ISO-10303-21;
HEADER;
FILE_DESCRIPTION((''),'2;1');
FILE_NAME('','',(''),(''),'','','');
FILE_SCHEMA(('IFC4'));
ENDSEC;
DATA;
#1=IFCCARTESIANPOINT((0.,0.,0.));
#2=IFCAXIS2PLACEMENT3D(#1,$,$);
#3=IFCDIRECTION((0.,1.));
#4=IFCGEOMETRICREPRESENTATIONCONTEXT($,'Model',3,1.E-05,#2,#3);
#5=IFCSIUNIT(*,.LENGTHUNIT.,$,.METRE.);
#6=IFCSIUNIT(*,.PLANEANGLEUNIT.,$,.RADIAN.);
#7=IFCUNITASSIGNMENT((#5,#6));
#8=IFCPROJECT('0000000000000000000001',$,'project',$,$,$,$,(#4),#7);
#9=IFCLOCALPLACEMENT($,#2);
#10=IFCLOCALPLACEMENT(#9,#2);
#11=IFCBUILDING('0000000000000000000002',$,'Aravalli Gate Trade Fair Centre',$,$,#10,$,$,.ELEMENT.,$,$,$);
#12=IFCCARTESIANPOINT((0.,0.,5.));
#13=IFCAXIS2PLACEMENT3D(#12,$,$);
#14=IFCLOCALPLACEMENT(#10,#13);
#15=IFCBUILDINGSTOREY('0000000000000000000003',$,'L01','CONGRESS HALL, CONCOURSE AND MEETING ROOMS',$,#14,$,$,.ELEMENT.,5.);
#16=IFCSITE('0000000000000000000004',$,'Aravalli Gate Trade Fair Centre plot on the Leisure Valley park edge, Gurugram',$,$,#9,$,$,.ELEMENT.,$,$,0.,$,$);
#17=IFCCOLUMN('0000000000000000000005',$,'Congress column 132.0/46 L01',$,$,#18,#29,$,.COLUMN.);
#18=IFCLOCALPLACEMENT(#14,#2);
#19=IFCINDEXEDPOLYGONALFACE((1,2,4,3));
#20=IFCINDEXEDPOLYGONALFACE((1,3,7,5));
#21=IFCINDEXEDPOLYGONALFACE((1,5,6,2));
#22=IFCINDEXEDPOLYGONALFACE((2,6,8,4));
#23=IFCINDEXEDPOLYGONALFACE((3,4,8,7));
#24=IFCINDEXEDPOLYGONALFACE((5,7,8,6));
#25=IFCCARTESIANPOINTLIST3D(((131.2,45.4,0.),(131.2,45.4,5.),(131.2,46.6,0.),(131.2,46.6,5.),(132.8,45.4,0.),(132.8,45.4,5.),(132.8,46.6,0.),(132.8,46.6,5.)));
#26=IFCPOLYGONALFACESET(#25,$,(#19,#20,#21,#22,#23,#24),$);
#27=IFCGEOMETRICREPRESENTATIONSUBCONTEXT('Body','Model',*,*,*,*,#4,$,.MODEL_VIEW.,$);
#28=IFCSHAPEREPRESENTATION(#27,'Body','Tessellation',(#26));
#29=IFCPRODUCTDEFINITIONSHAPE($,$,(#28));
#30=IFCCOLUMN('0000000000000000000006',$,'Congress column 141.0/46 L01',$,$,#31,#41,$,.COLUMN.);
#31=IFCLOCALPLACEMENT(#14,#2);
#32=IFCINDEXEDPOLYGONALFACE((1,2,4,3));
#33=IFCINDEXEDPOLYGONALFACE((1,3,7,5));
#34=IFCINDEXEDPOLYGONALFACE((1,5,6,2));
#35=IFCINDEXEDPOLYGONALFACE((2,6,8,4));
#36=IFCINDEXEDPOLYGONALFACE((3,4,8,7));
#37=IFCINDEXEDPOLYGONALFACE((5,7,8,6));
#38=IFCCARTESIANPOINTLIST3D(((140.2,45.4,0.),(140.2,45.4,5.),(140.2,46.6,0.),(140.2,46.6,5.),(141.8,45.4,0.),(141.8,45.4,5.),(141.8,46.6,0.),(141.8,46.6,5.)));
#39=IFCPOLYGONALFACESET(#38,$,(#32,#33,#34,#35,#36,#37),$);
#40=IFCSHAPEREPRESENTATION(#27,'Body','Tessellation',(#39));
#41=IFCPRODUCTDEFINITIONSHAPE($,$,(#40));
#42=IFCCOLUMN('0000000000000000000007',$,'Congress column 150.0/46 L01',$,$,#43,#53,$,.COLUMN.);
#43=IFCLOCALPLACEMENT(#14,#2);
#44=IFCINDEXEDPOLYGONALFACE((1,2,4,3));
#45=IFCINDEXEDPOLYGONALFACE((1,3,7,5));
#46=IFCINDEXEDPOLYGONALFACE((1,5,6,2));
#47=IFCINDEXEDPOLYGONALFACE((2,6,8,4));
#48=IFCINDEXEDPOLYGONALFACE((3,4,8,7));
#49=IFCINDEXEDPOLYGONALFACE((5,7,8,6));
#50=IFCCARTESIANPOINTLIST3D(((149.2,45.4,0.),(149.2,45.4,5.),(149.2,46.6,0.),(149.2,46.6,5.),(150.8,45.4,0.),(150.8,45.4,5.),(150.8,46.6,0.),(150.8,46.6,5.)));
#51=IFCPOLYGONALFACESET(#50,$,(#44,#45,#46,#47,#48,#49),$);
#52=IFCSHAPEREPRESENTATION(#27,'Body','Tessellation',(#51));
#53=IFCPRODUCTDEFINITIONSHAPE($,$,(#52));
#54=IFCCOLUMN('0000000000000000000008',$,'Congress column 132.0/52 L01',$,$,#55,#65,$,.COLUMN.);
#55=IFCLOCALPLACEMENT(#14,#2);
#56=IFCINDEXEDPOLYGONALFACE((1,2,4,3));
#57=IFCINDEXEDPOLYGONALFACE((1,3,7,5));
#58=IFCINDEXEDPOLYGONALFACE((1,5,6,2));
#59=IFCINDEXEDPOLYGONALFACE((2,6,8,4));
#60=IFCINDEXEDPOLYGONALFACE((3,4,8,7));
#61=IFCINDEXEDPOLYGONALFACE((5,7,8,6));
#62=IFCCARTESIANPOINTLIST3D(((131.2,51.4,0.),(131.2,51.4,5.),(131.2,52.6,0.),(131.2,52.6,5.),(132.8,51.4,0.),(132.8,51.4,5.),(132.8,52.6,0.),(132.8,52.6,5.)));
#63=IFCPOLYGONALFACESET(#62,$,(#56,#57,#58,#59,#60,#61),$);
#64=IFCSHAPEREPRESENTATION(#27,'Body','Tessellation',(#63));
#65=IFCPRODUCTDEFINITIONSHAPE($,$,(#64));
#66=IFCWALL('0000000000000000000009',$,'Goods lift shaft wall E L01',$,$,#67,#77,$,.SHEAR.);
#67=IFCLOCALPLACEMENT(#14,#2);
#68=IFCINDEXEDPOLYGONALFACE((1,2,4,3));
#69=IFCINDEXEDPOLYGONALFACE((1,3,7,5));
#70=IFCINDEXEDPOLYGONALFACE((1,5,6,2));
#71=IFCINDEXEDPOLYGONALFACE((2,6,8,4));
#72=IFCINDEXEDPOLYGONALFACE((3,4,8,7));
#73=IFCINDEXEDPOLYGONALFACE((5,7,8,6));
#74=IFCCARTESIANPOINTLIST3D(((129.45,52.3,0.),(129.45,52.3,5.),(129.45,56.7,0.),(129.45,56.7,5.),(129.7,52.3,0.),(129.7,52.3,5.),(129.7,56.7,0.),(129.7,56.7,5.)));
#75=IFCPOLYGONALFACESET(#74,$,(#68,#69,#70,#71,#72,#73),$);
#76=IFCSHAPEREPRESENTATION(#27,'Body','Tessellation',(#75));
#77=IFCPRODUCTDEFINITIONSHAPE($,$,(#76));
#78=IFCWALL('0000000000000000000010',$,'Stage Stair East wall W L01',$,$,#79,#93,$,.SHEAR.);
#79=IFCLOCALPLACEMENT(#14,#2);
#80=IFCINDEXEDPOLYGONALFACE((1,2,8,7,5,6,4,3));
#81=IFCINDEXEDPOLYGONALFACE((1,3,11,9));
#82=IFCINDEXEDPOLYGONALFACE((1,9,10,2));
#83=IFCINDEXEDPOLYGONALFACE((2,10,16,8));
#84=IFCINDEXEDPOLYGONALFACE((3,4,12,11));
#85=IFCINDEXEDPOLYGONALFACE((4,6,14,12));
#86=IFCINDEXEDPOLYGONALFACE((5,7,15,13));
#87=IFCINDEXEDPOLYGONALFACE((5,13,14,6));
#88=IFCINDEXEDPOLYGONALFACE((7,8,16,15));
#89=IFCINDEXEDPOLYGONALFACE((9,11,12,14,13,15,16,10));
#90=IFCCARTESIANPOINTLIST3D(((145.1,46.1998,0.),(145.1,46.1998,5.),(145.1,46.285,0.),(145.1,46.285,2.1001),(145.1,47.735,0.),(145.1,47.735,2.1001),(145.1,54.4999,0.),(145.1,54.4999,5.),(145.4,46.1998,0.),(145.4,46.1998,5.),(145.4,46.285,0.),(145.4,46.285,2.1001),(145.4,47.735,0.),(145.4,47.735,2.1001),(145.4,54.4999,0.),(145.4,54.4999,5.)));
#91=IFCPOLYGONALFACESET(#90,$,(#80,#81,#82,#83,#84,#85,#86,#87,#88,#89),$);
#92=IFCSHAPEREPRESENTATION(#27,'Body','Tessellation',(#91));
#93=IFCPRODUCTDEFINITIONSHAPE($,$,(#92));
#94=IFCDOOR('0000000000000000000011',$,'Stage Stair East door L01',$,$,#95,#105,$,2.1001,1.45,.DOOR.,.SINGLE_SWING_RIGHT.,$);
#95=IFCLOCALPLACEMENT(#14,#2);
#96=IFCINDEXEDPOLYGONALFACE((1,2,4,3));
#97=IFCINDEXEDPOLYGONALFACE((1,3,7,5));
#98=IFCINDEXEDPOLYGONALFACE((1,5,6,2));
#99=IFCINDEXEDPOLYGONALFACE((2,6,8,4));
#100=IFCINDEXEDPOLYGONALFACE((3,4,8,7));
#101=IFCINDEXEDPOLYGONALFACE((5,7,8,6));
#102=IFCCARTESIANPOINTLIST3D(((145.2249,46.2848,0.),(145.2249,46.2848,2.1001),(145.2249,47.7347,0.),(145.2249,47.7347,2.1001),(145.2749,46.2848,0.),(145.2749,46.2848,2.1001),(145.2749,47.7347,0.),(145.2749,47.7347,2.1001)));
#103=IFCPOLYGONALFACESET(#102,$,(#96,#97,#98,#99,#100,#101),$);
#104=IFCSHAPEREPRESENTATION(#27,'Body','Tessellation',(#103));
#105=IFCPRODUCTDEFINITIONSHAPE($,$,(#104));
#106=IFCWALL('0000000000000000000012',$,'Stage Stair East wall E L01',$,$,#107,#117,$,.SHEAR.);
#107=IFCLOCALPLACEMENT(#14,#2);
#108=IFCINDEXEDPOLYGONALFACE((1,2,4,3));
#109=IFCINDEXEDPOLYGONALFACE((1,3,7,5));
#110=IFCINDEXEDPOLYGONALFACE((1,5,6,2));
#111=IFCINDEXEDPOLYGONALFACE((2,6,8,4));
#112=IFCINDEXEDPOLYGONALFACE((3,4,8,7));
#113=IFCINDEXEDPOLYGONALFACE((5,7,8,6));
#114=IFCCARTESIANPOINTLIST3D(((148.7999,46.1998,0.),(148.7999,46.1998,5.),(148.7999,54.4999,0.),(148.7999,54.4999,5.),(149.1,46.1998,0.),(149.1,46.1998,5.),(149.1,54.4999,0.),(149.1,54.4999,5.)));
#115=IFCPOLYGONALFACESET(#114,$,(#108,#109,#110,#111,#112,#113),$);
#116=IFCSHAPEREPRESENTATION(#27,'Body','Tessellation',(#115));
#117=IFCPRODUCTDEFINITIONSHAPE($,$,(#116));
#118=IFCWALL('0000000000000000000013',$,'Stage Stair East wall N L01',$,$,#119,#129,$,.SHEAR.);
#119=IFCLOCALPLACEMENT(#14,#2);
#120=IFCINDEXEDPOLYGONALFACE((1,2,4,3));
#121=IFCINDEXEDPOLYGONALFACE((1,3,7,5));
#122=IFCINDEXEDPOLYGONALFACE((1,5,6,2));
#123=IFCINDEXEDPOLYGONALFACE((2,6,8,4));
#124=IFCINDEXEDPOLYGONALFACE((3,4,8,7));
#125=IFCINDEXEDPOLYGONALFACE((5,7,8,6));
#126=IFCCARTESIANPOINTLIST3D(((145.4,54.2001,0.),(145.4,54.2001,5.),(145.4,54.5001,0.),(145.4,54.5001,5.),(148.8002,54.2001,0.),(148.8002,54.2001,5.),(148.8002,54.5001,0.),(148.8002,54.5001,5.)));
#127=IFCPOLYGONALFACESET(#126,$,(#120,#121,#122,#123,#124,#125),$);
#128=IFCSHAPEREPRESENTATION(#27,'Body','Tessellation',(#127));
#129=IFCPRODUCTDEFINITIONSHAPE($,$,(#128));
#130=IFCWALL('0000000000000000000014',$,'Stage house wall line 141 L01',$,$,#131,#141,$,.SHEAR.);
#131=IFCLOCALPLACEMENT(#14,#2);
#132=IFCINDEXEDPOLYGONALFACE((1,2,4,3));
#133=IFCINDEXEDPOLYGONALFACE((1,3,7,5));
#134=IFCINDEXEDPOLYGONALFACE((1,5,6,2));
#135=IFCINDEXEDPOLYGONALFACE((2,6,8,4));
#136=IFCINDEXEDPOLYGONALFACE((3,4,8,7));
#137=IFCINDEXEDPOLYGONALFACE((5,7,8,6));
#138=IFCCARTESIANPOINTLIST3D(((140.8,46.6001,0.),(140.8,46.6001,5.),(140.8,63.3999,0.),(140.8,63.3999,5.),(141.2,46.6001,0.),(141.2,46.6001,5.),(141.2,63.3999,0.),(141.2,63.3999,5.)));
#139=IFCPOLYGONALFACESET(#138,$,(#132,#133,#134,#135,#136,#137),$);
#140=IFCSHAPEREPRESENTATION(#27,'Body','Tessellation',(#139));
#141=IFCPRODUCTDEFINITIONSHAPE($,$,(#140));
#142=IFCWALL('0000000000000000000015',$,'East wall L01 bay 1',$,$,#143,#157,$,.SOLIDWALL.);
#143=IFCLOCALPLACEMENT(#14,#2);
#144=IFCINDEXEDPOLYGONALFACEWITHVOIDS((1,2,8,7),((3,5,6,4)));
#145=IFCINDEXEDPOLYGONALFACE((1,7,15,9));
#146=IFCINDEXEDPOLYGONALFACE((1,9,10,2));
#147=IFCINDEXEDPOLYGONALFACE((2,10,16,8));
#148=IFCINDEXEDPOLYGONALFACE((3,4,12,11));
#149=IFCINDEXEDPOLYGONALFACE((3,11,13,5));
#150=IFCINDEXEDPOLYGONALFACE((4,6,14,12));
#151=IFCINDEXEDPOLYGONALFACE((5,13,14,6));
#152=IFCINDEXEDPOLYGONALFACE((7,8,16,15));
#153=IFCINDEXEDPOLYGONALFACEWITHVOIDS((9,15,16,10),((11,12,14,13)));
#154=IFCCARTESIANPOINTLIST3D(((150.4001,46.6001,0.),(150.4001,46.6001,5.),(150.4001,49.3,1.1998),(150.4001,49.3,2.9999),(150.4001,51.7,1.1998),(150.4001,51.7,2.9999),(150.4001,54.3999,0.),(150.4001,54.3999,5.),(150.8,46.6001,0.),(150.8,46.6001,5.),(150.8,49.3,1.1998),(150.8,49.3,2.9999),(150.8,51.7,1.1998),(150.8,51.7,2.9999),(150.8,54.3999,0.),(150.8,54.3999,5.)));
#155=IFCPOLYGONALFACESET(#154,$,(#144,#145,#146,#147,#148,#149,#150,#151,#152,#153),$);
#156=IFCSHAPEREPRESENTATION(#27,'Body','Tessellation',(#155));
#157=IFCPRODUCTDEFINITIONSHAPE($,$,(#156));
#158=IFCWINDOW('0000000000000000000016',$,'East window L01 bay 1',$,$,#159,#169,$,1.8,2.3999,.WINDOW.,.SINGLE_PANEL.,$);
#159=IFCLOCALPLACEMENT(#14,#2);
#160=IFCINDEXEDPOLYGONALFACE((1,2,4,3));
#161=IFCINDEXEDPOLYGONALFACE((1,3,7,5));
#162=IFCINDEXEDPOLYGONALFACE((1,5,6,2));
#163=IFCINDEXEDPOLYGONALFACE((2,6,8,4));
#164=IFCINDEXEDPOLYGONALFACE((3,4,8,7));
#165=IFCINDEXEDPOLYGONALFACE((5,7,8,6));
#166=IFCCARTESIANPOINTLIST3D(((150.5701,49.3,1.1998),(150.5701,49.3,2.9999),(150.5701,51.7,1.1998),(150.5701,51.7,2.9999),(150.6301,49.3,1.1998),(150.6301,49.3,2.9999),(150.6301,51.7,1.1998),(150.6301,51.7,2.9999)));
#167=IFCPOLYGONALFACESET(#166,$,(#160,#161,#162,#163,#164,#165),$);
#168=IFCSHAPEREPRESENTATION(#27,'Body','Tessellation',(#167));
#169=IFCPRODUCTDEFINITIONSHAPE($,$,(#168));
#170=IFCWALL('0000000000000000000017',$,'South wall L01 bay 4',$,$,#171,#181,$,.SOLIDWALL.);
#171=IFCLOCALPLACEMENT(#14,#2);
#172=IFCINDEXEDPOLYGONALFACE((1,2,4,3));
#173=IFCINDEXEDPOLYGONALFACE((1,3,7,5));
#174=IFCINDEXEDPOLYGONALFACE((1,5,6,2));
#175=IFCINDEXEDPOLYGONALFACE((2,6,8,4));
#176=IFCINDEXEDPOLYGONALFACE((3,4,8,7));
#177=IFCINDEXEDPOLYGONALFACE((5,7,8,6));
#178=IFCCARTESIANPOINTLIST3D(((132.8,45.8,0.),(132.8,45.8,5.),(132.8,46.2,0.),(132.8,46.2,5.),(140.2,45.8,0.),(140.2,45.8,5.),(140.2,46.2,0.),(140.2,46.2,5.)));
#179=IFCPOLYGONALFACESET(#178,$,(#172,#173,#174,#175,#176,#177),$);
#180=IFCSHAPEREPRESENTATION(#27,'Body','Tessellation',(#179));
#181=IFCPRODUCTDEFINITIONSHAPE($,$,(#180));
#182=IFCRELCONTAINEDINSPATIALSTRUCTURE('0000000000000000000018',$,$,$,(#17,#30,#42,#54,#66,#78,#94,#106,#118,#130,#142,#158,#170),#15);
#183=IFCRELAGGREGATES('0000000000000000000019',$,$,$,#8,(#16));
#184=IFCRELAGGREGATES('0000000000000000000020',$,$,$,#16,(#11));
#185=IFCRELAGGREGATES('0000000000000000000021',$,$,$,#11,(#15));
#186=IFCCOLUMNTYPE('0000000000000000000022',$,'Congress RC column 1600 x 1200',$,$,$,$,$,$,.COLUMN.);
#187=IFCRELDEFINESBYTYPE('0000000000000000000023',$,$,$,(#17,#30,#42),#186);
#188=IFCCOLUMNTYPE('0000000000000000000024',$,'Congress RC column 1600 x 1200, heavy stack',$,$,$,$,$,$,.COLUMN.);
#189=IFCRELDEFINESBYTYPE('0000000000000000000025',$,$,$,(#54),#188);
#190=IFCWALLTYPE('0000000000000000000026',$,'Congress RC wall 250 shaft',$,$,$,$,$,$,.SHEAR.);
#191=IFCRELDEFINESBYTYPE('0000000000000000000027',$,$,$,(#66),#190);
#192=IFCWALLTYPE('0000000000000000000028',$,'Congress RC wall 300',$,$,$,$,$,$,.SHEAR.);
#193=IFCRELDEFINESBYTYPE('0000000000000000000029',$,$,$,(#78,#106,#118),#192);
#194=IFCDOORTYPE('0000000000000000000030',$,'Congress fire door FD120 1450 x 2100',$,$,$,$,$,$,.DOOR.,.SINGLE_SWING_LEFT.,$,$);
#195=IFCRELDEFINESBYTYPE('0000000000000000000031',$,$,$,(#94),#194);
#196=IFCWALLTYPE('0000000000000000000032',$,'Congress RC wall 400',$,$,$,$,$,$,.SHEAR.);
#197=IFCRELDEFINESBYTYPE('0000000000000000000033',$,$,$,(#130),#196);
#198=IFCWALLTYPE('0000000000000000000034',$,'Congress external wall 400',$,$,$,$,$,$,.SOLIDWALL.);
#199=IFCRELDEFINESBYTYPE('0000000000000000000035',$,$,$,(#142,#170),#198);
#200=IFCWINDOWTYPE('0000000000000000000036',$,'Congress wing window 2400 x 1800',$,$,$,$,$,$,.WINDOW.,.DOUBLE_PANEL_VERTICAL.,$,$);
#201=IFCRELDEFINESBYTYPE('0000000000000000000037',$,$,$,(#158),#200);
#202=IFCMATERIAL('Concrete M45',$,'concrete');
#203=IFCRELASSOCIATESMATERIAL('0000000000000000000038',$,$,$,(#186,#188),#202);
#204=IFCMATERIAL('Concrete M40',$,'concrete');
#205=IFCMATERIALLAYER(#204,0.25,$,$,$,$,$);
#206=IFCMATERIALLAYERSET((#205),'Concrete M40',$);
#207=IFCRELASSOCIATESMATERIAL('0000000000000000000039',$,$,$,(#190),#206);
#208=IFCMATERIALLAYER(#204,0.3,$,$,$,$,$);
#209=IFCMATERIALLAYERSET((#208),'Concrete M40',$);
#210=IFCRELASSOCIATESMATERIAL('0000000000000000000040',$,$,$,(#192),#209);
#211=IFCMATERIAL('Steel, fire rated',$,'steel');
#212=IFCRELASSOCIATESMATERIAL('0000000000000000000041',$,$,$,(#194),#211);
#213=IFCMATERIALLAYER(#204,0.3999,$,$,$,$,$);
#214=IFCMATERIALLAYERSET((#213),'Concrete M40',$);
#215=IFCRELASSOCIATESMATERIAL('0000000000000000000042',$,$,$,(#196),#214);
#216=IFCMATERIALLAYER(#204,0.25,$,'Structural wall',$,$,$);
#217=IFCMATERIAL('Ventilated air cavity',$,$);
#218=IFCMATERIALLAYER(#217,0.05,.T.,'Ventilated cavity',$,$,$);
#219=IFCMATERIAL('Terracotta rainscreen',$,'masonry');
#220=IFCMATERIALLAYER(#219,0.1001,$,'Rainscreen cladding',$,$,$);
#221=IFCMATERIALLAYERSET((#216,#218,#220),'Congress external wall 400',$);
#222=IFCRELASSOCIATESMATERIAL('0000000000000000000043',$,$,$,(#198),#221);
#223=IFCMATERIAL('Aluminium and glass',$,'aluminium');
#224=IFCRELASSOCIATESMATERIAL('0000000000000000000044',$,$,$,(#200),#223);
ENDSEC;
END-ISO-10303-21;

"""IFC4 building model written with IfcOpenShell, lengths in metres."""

from ifc_helpers import new_model, si_unit, direction, frame, frame_2d, origin, origin_2d, place, context, subcontext, project, spatial, rectangle, extrude, material, layer, layer_set, material_profile, profile_set, type_object, element, fill, save


model = new_model("IFC4")

# Units and contexts
model_context = context("Model", 3, precision=1e-05, world=origin(), true_north=direction((0.0, 1.0)))
body_context = subcontext(model_context, "Body", "Model", "MODEL_VIEW")
ifc_project = project(units=[si_unit("LENGTHUNIT", "METRE"), si_unit("PLANEANGLEUNIT", "RADIAN")], contexts=[model_context])

# Site, building, storey
site_placement = place(None, origin())
site = spatial("IfcSite", under=ifc_project, at=site_placement, Name="Aravalli Gate Trade Fair Centre plot on the Leisure Valley park edge, Gurugram", CompositionType="ELEMENT", RefElevation=0.0)
building_placement = place(site_placement, origin())
building = spatial("IfcBuilding", under=site, at=building_placement, Name="Aravalli Gate Trade Fair Centre", CompositionType="ELEMENT")
storey_placement = place(building_placement, frame((0.0, 0.0, 5.0)))
storey = spatial("IfcBuildingStorey", under=building, at=storey_placement, Name="L01", Description="CONGRESS HALL, CONCOURSE AND MEETING ROOMS", CompositionType="ELEMENT", Elevation=5.0)

# Columns
ifc_material_1 = material(Name="Concrete M45", Category="concrete")
ifc_material_profile_1 = material_profile(ifc_material_1, rectangle(XDim=1.6001, YDim=1.2, at=origin_2d()), Name="RC 1600x1200")
ifc_profile_set_1 = profile_set([ifc_material_profile_1], Name="Concrete M45")
column_type_1 = type_object("IfcColumnType", Name="Congress RC column 1600 x 1200", PredefinedType="COLUMN", material=ifc_profile_set_1)
for number, where, z_axis, x_axis, name in (
    (1, (132.0, 46.0, 0.0), (0.0, 0.0, 1.0), (1.0, 0.0, 0.0), "Congress column 132.0/46 L01"),
    (2, (141.0, 46.0, 0.0), (0.0, 0.0, 1.0), (1.0, 0.0, 0.0), "Congress column 141.0/46 L01"),
    (3, (150.0, 46.0, 0.0), (0.0, 0.0, 1.0), (1.0, 0.0, 0.0), "Congress column 150.0/46 L01"),
):
    element("IfcColumn", number, at=place(storey_placement, frame(where, z_axis=z_axis, x_axis=x_axis)), inside=storey, type_object=column_type_1, Name=name, PredefinedType="COLUMN", context=body_context, shape_type="SweptSolid", body=[
        extrude(rectangle(XDim=1.6001, YDim=1.2, at=origin_2d()), origin(), (0.0, 0.0, 1.0), 5.0),
    ])
ifc_material_profile_2 = material_profile(ifc_material_1, rectangle(XDim=1.6001, YDim=1.2, at=origin_2d()), Name="RC 1600x1200")
ifc_profile_set_2 = profile_set([ifc_material_profile_2], Name="Concrete M45")
column_type_2 = type_object("IfcColumnType", Name="Congress RC column 1600 x 1200, heavy stack", PredefinedType="COLUMN", material=ifc_profile_set_2)
column_placement = place(storey_placement, frame((132.0, 52.0, 0.0), z_axis=(0.0, 0.0, 1.0), x_axis=(1.0, 0.0, 0.0)))
element("IfcColumn", 4, at=column_placement, inside=storey, type_object=column_type_2, Name="Congress column 132.0/52 L01", PredefinedType="COLUMN", context=body_context, shape_type="SweptSolid", body=[
    extrude(rectangle(XDim=1.6001, YDim=1.2, at=origin_2d()), origin(), (0.0, 0.0, 1.0), 5.0),
])

# Wall
ifc_material_2 = material(Name="Concrete M40", Category="concrete")
ifc_layer_1 = layer(ifc_material_2, 0.25)
ifc_layer_set_1 = layer_set([ifc_layer_1], Name="Concrete M40")
wall_type_1 = type_object("IfcWallType", Name="Congress RC wall 250 shaft", PredefinedType="SHEAR", material=ifc_layer_set_1)
wall_1_placement = place(storey_placement, frame((129.575, 52.3, 0.0), z_axis=(0.0, 0.0, 1.0), x_axis=(0.0, 1.0, 0.0)))
element("IfcWall", 5, at=wall_1_placement, inside=storey, type_object=wall_type_1, Name="Goods lift shaft wall E L01", PredefinedType="SHEAR", context=body_context, shape_type="SweptSolid", body=[
    extrude(rectangle(XDim=4.3999, YDim=0.25, at=frame_2d((2.2, 0.0))), origin(), (0.0, 0.0, 1.0), 5.0),
])

# Wall, opening, door
ifc_layer_2 = layer(ifc_material_2, 0.3)
ifc_layer_set_2 = layer_set([ifc_layer_2], Name="Concrete M40")
wall_type_2 = type_object("IfcWallType", Name="Congress RC wall 300", PredefinedType="SHEAR", material=ifc_layer_set_2)
wall_2_placement = place(storey_placement, frame((145.25, 46.2, 0.0), z_axis=(0.0, 0.0, 1.0), x_axis=(0.0, 1.0, 0.0)))
wall_2 = element("IfcWall", 6, at=wall_2_placement, inside=storey, type_object=wall_type_2, Name="Stage Stair East wall W L01", PredefinedType="SHEAR", context=body_context, shape_type="SweptSolid", body=[
    extrude(rectangle(XDim=8.3, YDim=0.3, at=frame_2d((4.1499, 0.0))), origin(), (0.0, 0.0, 1.0), 5.0),
])
opening_1_placement = place(wall_2_placement, frame((0.085, 0.0, 0.0)))
opening_1 = element("IfcOpeningElement", 7, at=opening_1_placement, cuts=wall_2, PredefinedType="OPENING", context=body_context, shape_type="SweptSolid", body=[
    extrude(rectangle(XDim=1.45, YDim=2.1001, at=frame_2d((0.7251, 1.05))), frame((0.0, 0.1599, 0.0), z_axis=(0.0, -1.0, 0.0), x_axis=(1.0, 0.0, 0.0)), (0.0, 0.0, 1.0), 0.3201),
])
ifc_material_3 = material(Name="Steel, fire rated", Category="steel")
door_type = type_object("IfcDoorType", Name="Congress fire door FD120 1450 x 2100", OperationType="SINGLE_SWING_LEFT", PredefinedType="DOOR", material=ifc_material_3)
door_placement = place(opening_1_placement, frame((1.45, 0.0, 0.0), z_axis=(0.0, 0.0, 1.0), x_axis=(-1.0, 0.0, 0.0)))
door = element("IfcDoor", 8, at=door_placement, inside=storey, type_object=door_type, Name="Stage Stair East door L01", OperationType="SINGLE_SWING_RIGHT", OverallHeight=2.1001, OverallWidth=1.45, PredefinedType="DOOR", context=body_context, shape_type="SweptSolid", body=[
    extrude(rectangle(XDim=1.45, YDim=2.1001, at=frame_2d((0.7251, 1.05))), frame((0.0, 0.0249, 0.0), z_axis=(0.0, -1.0, 0.0), x_axis=(1.0, 0.0, 0.0)), (0.0, 0.0, 1.0), 0.05),
])
fill(opening_1, door)

# Walls
wall_3_placement = place(storey_placement, frame((148.95, 46.2, 0.0), z_axis=(0.0, 0.0, 1.0), x_axis=(0.0, 1.0, 0.0)))
element("IfcWall", 9, at=wall_3_placement, inside=storey, type_object=wall_type_2, Name="Stage Stair East wall E L01", PredefinedType="SHEAR", context=body_context, shape_type="SweptSolid", body=[
    extrude(rectangle(XDim=8.3, YDim=0.3, at=frame_2d((4.1499, 0.0))), origin(), (0.0, 0.0, 1.0), 5.0),
])
wall_4_placement = place(storey_placement, frame((145.3999, 54.3501, 0.0), z_axis=(0.0, 0.0, 1.0), x_axis=(1.0, 0.0, 0.0)))
element("IfcWall", 10, at=wall_4_placement, inside=storey, type_object=wall_type_2, Name="Stage Stair East wall N L01", PredefinedType="SHEAR", context=body_context, shape_type="SweptSolid", body=[
    extrude(rectangle(XDim=3.4001, YDim=0.3, at=frame_2d((1.7002, 0.0))), origin(), (0.0, 0.0, 1.0), 5.0),
])
ifc_layer_3 = layer(ifc_material_2, 0.3999)
ifc_layer_set_3 = layer_set([ifc_layer_3], Name="Concrete M40")
wall_type_3 = type_object("IfcWallType", Name="Congress RC wall 400", PredefinedType="SHEAR", material=ifc_layer_set_3)
wall_5_placement = place(storey_placement, frame((141.0, 46.6001, 0.0), z_axis=(0.0, 0.0, 1.0), x_axis=(0.0, 1.0, 0.0)))
element("IfcWall", 11, at=wall_5_placement, inside=storey, type_object=wall_type_3, Name="Stage house wall line 141 L01", PredefinedType="SHEAR", context=body_context, shape_type="SweptSolid", body=[
    extrude(rectangle(XDim=16.7998, YDim=0.3999, at=frame_2d((8.3999, 0.0))), origin(), (0.0, 0.0, 1.0), 5.0),
])

# Wall, opening, window
ifc_layer_4 = layer(ifc_material_2, 0.25, Name="Structural wall")
ifc_material_4 = material(Name="Ventilated air cavity")
ifc_layer_5 = layer(ifc_material_4, 0.05, ventilated=True, Name="Ventilated cavity")
ifc_material_5 = material(Name="Terracotta rainscreen", Category="masonry")
ifc_layer_6 = layer(ifc_material_5, 0.1001, Name="Rainscreen cladding")
ifc_layer_set_4 = layer_set([ifc_layer_4, ifc_layer_5, ifc_layer_6], Name="Congress external wall 400")
wall_type_4 = type_object("IfcWallType", Name="Congress external wall 400", PredefinedType="SOLIDWALL", material=ifc_layer_set_4)
wall_6_placement = place(storey_placement, frame((150.6001, 46.6001, 0.0), z_axis=(0.0, 0.0, 1.0), x_axis=(0.0, 1.0, 0.0)))
wall_6 = element("IfcWall", 12, at=wall_6_placement, inside=storey, type_object=wall_type_4, Name="East wall L01 bay 1", PredefinedType="SOLIDWALL", context=body_context, shape_type="SweptSolid", body=[
    extrude(rectangle(XDim=7.7998, YDim=0.3999, at=frame_2d((3.8999, 0.0))), origin(), (0.0, 0.0, 1.0), 5.0),
])
opening_2_placement = place(wall_6_placement, frame((2.7, 0.0, 1.2)))
opening_2 = element("IfcOpeningElement", 13, at=opening_2_placement, cuts=wall_6, PredefinedType="OPENING", context=body_context, shape_type="SweptSolid", body=[
    extrude(rectangle(XDim=2.3999, YDim=1.8, at=frame_2d((1.2, 0.8999))), frame((0.0, 0.21, 0.0), z_axis=(0.0, -1.0, 0.0), x_axis=(1.0, 0.0, 0.0)), (0.0, 0.0, 1.0), 0.4199),
])
ifc_material_6 = material(Name="Aluminium and glass", Category="aluminium")
window_type = type_object("IfcWindowType", Name="Congress wing window 2400 x 1800", PartitioningType="DOUBLE_PANEL_VERTICAL", PredefinedType="WINDOW", material=ifc_material_6)
window_1_placement = place(opening_2_placement, origin())
window_1 = element("IfcWindow", 14, at=window_1_placement, inside=storey, type_object=window_type, Name="East window L01 bay 1", OverallHeight=1.8, OverallWidth=2.3999, PartitioningType="SINGLE_PANEL", PredefinedType="WINDOW", context=body_context, shape_type="SweptSolid", body=[
    extrude(rectangle(XDim=2.3999, YDim=1.8, at=frame_2d((1.2, 0.8999))), frame((0.0, 0.03, 0.0), z_axis=(0.0, -1.0, 0.0), x_axis=(1.0, 0.0, 0.0)), (0.0, 0.0, 1.0), 0.0601),
])
fill(opening_2, window_1)

# Wall
wall_7_placement = place(storey_placement, frame((132.8, 46.0, 0.0), z_axis=(0.0, 0.0, 1.0), x_axis=(1.0, 0.0, 0.0)))
element("IfcWall", 15, at=wall_7_placement, inside=storey, type_object=wall_type_4, Name="South wall L01 bay 4", PredefinedType="SOLIDWALL", context=body_context, shape_type="SweptSolid", body=[
    extrude(rectangle(XDim=7.3999, YDim=0.3999, at=frame_2d((3.7, 0.0))), origin(), (0.0, 0.0, 1.0), 5.0),
])

save(model, "model.ifc")
